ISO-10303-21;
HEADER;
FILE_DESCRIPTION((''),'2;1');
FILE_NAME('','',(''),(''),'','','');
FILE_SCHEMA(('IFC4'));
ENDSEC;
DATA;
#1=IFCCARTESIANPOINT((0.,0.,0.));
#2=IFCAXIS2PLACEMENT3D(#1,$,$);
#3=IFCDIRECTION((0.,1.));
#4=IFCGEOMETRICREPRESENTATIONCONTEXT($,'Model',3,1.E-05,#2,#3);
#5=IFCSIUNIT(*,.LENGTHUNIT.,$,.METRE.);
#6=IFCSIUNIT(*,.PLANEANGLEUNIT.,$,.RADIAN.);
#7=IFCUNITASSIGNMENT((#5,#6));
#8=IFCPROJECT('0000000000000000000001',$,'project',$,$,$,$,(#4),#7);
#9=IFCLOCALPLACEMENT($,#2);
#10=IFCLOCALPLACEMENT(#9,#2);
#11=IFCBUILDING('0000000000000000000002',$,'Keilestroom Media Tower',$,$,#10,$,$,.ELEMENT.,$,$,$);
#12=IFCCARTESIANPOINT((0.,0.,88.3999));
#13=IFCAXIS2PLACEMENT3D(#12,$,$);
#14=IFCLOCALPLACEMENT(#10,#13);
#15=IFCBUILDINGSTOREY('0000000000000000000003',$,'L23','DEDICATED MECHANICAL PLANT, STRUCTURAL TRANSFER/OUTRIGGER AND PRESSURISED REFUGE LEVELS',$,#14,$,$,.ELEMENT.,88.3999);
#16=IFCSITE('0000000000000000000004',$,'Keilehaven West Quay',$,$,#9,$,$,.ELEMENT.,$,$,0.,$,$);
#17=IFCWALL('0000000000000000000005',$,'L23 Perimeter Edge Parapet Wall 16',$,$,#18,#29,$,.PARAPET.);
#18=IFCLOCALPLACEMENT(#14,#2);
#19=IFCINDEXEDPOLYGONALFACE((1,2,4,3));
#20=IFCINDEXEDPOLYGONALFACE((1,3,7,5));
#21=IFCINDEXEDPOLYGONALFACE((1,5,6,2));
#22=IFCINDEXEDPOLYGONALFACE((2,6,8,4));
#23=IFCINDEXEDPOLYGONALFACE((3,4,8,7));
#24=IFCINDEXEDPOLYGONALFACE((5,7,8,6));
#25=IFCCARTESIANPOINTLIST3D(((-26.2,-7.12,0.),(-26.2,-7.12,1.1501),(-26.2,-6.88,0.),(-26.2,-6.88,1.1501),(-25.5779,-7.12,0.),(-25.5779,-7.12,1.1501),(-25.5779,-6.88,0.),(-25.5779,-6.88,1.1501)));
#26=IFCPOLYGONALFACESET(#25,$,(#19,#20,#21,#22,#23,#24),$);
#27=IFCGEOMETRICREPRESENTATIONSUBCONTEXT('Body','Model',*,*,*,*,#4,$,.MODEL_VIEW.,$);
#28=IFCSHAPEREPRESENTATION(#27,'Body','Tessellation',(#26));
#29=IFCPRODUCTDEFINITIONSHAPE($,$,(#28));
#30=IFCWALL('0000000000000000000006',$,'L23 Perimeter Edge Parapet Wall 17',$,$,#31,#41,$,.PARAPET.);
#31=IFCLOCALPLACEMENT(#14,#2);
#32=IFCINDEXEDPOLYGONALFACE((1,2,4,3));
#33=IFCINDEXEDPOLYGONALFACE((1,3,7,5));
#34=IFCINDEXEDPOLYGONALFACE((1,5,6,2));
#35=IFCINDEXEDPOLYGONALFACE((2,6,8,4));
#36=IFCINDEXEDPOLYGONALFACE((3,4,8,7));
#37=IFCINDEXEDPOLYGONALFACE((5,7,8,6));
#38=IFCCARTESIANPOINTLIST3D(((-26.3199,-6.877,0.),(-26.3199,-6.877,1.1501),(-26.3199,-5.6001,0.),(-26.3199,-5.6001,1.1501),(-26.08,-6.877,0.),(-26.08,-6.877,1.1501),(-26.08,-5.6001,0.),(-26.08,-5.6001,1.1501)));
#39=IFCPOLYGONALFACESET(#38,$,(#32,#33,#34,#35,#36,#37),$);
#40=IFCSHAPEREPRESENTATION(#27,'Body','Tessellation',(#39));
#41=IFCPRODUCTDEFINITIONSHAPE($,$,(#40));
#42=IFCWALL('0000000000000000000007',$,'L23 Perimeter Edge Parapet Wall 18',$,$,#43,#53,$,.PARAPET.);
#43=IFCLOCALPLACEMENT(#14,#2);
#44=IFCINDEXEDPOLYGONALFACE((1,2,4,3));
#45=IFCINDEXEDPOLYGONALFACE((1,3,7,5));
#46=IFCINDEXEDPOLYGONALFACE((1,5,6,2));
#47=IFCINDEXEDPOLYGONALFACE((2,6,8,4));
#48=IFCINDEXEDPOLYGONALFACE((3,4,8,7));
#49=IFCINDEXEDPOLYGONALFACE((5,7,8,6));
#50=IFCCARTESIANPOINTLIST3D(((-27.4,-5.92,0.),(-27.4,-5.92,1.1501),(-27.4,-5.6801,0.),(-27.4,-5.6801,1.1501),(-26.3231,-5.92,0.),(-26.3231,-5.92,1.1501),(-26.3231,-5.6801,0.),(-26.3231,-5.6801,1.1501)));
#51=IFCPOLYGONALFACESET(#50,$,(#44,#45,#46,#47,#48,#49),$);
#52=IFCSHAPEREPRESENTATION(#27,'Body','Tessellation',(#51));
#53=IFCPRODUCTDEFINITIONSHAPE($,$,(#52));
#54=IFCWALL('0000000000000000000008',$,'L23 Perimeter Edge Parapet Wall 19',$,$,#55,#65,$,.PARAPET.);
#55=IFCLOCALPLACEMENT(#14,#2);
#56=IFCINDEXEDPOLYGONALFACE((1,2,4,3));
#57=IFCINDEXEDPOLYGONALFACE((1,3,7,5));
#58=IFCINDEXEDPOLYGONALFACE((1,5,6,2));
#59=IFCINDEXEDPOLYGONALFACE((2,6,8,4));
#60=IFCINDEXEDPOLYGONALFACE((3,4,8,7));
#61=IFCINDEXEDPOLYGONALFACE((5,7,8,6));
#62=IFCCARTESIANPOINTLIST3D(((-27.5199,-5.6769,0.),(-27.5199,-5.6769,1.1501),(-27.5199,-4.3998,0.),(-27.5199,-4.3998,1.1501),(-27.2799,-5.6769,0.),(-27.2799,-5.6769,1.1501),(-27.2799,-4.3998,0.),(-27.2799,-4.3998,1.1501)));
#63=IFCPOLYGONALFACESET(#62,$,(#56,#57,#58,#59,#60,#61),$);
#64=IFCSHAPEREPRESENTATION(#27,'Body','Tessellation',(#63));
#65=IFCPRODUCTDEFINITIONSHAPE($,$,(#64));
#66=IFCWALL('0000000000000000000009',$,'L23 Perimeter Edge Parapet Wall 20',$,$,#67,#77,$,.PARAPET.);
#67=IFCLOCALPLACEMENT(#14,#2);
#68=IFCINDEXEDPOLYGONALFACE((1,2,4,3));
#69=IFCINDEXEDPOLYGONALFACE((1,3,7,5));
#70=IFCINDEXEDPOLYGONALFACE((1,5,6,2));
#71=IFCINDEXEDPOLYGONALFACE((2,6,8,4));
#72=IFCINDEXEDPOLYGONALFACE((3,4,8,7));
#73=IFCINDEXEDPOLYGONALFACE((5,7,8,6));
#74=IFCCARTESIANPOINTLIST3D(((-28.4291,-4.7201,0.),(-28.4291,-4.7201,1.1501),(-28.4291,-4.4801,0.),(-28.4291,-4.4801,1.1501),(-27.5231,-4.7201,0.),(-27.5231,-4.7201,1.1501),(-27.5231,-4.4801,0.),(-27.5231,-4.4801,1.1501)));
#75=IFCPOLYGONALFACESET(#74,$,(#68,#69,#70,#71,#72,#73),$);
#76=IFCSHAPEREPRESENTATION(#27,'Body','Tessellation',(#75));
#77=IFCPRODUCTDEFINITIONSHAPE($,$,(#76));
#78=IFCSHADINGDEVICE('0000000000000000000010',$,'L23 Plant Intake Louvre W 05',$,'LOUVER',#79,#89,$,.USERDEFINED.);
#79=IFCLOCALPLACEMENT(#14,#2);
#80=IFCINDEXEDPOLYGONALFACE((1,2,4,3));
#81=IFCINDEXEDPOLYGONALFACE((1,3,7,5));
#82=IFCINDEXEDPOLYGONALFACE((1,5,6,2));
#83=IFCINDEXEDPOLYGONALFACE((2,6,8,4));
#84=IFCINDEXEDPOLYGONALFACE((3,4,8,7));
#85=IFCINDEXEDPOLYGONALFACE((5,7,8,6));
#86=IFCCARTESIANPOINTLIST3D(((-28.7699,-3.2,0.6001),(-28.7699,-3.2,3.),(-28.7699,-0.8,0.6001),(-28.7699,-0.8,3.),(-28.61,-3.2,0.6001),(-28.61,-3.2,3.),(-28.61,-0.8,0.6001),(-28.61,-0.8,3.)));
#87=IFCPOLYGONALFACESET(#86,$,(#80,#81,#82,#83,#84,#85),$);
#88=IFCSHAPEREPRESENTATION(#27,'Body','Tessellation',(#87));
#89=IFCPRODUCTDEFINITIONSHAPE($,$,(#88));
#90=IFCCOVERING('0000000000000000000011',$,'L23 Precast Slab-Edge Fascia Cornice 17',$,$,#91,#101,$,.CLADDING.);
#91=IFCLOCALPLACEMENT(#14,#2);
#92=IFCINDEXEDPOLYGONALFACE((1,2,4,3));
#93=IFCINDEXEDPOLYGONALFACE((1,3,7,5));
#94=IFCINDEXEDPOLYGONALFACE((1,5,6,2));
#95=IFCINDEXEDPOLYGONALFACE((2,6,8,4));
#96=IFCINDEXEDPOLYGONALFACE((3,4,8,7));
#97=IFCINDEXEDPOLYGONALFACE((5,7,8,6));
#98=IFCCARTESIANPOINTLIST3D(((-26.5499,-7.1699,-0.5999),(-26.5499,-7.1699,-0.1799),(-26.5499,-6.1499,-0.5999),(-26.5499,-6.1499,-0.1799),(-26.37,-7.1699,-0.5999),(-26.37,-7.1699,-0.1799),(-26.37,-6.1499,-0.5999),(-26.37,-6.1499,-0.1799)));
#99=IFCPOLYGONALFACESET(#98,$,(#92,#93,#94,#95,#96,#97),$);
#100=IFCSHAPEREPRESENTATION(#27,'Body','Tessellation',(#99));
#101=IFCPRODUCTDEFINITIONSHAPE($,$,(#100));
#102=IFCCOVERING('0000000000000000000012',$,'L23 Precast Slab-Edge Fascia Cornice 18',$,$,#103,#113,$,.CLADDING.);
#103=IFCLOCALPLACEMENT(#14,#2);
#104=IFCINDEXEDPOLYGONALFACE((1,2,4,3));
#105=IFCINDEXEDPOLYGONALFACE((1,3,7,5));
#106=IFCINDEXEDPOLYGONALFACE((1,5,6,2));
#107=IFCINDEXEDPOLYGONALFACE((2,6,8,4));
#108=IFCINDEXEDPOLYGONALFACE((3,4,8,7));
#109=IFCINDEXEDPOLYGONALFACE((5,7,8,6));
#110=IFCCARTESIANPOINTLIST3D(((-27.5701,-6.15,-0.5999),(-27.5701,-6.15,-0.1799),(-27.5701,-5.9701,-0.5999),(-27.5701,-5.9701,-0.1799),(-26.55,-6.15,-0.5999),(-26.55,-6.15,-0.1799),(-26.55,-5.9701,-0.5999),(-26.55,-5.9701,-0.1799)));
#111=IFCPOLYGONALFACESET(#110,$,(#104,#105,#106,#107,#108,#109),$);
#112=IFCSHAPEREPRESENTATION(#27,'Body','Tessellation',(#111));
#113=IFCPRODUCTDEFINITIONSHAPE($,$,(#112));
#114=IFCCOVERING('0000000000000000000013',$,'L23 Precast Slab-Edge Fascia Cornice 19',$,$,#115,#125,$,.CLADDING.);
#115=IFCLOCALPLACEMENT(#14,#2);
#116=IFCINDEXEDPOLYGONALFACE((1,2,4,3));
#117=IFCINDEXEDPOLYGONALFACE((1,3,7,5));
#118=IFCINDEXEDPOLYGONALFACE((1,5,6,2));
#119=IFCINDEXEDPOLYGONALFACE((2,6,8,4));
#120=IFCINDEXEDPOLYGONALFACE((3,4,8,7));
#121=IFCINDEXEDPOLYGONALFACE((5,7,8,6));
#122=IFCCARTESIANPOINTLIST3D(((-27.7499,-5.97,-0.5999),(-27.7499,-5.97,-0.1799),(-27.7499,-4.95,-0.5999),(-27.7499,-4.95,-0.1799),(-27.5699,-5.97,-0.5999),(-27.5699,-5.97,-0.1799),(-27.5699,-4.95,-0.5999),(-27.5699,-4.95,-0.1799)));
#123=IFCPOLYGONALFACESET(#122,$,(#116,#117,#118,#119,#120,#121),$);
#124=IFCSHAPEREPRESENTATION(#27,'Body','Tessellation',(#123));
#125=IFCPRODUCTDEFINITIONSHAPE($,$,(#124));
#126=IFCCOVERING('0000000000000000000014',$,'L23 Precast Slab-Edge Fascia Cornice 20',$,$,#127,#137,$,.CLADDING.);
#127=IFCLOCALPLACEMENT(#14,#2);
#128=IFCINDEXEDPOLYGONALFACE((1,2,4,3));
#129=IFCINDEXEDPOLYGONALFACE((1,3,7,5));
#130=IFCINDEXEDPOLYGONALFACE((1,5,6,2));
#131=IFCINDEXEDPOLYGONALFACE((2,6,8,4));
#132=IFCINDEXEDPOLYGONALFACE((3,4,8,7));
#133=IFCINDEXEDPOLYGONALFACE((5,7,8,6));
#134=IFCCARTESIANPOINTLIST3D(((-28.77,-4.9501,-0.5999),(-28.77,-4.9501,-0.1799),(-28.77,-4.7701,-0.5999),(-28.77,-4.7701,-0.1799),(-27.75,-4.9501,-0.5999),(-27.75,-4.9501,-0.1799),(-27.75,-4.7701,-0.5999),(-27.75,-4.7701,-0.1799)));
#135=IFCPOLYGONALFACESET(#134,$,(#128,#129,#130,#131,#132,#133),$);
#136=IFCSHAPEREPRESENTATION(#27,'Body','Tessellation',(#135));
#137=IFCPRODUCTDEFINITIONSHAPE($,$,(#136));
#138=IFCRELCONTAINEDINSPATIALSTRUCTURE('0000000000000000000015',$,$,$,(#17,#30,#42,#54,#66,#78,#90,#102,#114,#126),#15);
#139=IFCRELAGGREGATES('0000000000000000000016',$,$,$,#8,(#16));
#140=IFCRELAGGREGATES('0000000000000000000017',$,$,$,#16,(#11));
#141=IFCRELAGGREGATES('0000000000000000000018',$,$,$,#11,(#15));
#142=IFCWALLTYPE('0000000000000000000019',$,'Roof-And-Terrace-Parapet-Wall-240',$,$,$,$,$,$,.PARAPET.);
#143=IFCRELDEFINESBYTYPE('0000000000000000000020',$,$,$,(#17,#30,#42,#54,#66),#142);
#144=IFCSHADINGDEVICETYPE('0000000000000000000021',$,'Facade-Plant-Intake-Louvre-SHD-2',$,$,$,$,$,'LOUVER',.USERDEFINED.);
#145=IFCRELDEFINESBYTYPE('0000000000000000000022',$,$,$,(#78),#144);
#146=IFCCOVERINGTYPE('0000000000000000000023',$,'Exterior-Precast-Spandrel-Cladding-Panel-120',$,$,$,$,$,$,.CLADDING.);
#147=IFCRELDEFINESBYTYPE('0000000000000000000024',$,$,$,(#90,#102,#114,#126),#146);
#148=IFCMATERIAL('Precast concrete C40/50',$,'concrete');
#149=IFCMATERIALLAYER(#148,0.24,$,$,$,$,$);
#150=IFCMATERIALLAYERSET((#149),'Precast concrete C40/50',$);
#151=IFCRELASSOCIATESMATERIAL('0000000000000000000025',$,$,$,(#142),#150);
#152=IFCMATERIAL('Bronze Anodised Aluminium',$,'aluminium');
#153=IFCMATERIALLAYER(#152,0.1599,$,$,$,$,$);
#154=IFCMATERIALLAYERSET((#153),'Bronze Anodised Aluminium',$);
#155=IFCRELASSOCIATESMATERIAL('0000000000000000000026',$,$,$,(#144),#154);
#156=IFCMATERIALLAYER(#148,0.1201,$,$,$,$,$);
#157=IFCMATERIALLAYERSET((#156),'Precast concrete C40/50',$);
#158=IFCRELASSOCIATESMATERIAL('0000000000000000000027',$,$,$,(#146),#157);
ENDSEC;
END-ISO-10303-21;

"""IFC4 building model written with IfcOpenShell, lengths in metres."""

from ifc_helpers import new_model, si_unit, direction, frame, frame_2d, origin, origin_2d, place, context, subcontext, project, spatial, rectangle, extrude, source, transform, mapped, material, layer, layer_set, type_object, element, save


model = new_model("IFC4")

# Units and contexts
model_context = context("Model", 3, precision=1e-05, world=origin(), true_north=direction((0.0, 1.0)))
body_context = subcontext(model_context, "Body", "Model", "MODEL_VIEW")
ifc_project = project(units=[si_unit("LENGTHUNIT", "METRE"), si_unit("PLANEANGLEUNIT", "RADIAN")], contexts=[model_context])

# Site, building, storey
site_placement = place(None, origin())
site = spatial("IfcSite", under=ifc_project, at=site_placement, Name="Keilehaven West Quay", CompositionType="ELEMENT", RefElevation=0.0)
building_placement = place(site_placement, origin())
building = spatial("IfcBuilding", under=site, at=building_placement, Name="Keilestroom Media Tower", CompositionType="ELEMENT")
storey_placement = place(building_placement, frame((0.0, 0.0, 88.3999)))
storey = spatial("IfcBuildingStorey", under=building, at=storey_placement, Name="L23", Description="DEDICATED MECHANICAL PLANT, STRUCTURAL TRANSFER/OUTRIGGER AND PRESSURISED REFUGE LEVELS", CompositionType="ELEMENT", Elevation=88.3999)

# Shared definitions
ifc_material_1 = material(Name="Precast concrete C40/50", Category="concrete")

# Walls
ifc_layer_1 = layer(ifc_material_1, 0.24)
ifc_layer_set_1 = layer_set([ifc_layer_1], Name="Precast concrete C40/50")
wall_type_1 = type_object("IfcWallType", Name="Roof-And-Terrace-Parapet-Wall-240", PredefinedType="PARAPET", material=ifc_layer_set_1)
wall_1_placement = place(storey_placement, frame((-25.5779, -7.0, 0.0), z_axis=(0.0, 0.0, 1.0), x_axis=(-1.0, 0.0, 0.0)))
element("IfcWall", 1, at=wall_1_placement, inside=storey, type_object=wall_type_1, Name="L23 Perimeter Edge Parapet Wall 16", PredefinedType="PARAPET", context=body_context, shape_type="SweptSolid", body=[
    extrude(rectangle(XDim=0.6221, YDim=0.24, at=frame_2d((0.311, 0.0))), origin(), (0.0, 0.0, 1.0), 1.1501),
])
wall_2_placement = place(storey_placement, frame((-26.2, -6.877, 0.0), z_axis=(0.0, 0.0, 1.0), x_axis=(0.0, 1.0, 0.0)))
element("IfcWall", 2, at=wall_2_placement, inside=storey, type_object=wall_type_1, Name="L23 Perimeter Edge Parapet Wall 17", PredefinedType="PARAPET", context=body_context, shape_type="SweptSolid", body=[
    extrude(rectangle(XDim=1.2769, YDim=0.24, at=frame_2d((0.6384, 0.0))), origin(), (0.0, 0.0, 1.0), 1.1501),
])
wall_3_placement = place(storey_placement, frame((-26.323, -5.8, 0.0), z_axis=(0.0, 0.0, 1.0), x_axis=(-1.0, 0.0, 0.0)))
element("IfcWall", 3, at=wall_3_placement, inside=storey, type_object=wall_type_1, Name="L23 Perimeter Edge Parapet Wall 18", PredefinedType="PARAPET", context=body_context, shape_type="SweptSolid", body=[
    extrude(rectangle(XDim=1.0769, YDim=0.24, at=frame_2d((0.5386, 0.0))), origin(), (0.0, 0.0, 1.0), 1.1501),
])
wall_4_placement = place(storey_placement, frame((-27.3999, -5.677, 0.0), z_axis=(0.0, 0.0, 1.0), x_axis=(0.0, 1.0, 0.0)))
element("IfcWall", 4, at=wall_4_placement, inside=storey, type_object=wall_type_1, Name="L23 Perimeter Edge Parapet Wall 19", PredefinedType="PARAPET", context=body_context, shape_type="SweptSolid", body=[
    extrude(rectangle(XDim=1.2771, YDim=0.24, at=frame_2d((0.6387, 0.0))), origin(), (0.0, 0.0, 1.0), 1.1501),
])
wall_5_placement = place(storey_placement, frame((-27.5229, -4.6001, 0.0), z_axis=(0.0, 0.0, 1.0), x_axis=(-1.0, 0.0, 0.0)))
element("IfcWall", 5, at=wall_5_placement, inside=storey, type_object=wall_type_1, Name="L23 Perimeter Edge Parapet Wall 20", PredefinedType="PARAPET", context=body_context, shape_type="SweptSolid", body=[
    extrude(rectangle(XDim=0.906, YDim=0.24, at=frame_2d((0.4531, 0.0))), origin(), (0.0, 0.0, 1.0), 1.1501),
])

# Shading device
ifc_material_2 = material(Name="Bronze Anodised Aluminium", Category="aluminium")
ifc_layer_2 = layer(ifc_material_2, 0.1599)
ifc_layer_set_2 = layer_set([ifc_layer_2], Name="Bronze Anodised Aluminium")
shading_device_type = type_object("IfcShadingDeviceType", Name="Facade-Plant-Intake-Louvre-SHD-2", ElementType="LOUVER", PredefinedType="USERDEFINED", material=ifc_layer_set_2)
shared_shape_1 = source(origin(), body_context, "Body", "SweptSolid", [
    extrude(rectangle(XDim=0.1599, YDim=2.3999, at=origin_2d()), origin(), (0.0, 0.0, 1.0), 2.3999),
])
shading_device_placement = place(storey_placement, frame((-28.6899, -2.0, 0.6001), z_axis=(0.0, 0.0, 1.0), x_axis=(1.0, 0.0, 0.0)))
element("IfcShadingDevice", 6, at=shading_device_placement, inside=storey, type_object=shading_device_type, Name="L23 Plant Intake Louvre W 05", ObjectType="LOUVER", PredefinedType="USERDEFINED", context=body_context, shape_type="MappedRepresentation", body=[
    mapped(shared_shape_1, transform((0.0, 0.0, 0.0), x_axis=(1.0, 0.0, 0.0), y_axis=(0.0, 1.0, 0.0), z_axis=(0.0, 0.0, 1.0), scale=1.0)),
])

# Coverings
ifc_layer_3 = layer(ifc_material_1, 0.1201)
ifc_layer_set_3 = layer_set([ifc_layer_3], Name="Precast concrete C40/50")
covering_type = type_object("IfcCoveringType", Name="Exterior-Precast-Spandrel-Cladding-Panel-120", PredefinedType="CLADDING", material=ifc_layer_set_3)
shared_shape_2 = source(origin(), body_context, "Body", "SweptSolid", [
    extrude(rectangle(XDim=1.02, YDim=0.1799, at=origin_2d()), origin(), (0.0, 0.0, 1.0), 0.4199),
])
for number, where, z_axis, x_axis, name in (
    (7, (-26.46, -6.6599, -0.5999), (0.0, 0.0, 1.0), (0.0, 1.0, 0.0), "L23 Precast Slab-Edge Fascia Cornice 17"),
    (8, (-27.0601, -6.0601, -0.5999), (0.0, 0.0, 1.0), (-1.0, 0.0, 0.0), "L23 Precast Slab-Edge Fascia Cornice 18"),
    (9, (-27.6599, -5.46, -0.5999), (0.0, 0.0, 1.0), (0.0, 1.0, 0.0), "L23 Precast Slab-Edge Fascia Cornice 19"),
    (10, (-28.26, -4.8601, -0.5999), (0.0, 0.0, 1.0), (-1.0, 0.0, 0.0), "L23 Precast Slab-Edge Fascia Cornice 20"),
):
    element("IfcCovering", number, at=place(storey_placement, frame(where, z_axis=z_axis, x_axis=x_axis)), inside=storey, type_object=covering_type, Name=name, PredefinedType="CLADDING", context=body_context, shape_type="MappedRepresentation", body=[
        mapped(shared_shape_2, transform((0.0, 0.0, 0.0), x_axis=(1.0, 0.0, 0.0), y_axis=(0.0, 1.0, 0.0), z_axis=(0.0, 0.0, 1.0), scale=1.0)),
    ])

save(model, "model.ifc")
